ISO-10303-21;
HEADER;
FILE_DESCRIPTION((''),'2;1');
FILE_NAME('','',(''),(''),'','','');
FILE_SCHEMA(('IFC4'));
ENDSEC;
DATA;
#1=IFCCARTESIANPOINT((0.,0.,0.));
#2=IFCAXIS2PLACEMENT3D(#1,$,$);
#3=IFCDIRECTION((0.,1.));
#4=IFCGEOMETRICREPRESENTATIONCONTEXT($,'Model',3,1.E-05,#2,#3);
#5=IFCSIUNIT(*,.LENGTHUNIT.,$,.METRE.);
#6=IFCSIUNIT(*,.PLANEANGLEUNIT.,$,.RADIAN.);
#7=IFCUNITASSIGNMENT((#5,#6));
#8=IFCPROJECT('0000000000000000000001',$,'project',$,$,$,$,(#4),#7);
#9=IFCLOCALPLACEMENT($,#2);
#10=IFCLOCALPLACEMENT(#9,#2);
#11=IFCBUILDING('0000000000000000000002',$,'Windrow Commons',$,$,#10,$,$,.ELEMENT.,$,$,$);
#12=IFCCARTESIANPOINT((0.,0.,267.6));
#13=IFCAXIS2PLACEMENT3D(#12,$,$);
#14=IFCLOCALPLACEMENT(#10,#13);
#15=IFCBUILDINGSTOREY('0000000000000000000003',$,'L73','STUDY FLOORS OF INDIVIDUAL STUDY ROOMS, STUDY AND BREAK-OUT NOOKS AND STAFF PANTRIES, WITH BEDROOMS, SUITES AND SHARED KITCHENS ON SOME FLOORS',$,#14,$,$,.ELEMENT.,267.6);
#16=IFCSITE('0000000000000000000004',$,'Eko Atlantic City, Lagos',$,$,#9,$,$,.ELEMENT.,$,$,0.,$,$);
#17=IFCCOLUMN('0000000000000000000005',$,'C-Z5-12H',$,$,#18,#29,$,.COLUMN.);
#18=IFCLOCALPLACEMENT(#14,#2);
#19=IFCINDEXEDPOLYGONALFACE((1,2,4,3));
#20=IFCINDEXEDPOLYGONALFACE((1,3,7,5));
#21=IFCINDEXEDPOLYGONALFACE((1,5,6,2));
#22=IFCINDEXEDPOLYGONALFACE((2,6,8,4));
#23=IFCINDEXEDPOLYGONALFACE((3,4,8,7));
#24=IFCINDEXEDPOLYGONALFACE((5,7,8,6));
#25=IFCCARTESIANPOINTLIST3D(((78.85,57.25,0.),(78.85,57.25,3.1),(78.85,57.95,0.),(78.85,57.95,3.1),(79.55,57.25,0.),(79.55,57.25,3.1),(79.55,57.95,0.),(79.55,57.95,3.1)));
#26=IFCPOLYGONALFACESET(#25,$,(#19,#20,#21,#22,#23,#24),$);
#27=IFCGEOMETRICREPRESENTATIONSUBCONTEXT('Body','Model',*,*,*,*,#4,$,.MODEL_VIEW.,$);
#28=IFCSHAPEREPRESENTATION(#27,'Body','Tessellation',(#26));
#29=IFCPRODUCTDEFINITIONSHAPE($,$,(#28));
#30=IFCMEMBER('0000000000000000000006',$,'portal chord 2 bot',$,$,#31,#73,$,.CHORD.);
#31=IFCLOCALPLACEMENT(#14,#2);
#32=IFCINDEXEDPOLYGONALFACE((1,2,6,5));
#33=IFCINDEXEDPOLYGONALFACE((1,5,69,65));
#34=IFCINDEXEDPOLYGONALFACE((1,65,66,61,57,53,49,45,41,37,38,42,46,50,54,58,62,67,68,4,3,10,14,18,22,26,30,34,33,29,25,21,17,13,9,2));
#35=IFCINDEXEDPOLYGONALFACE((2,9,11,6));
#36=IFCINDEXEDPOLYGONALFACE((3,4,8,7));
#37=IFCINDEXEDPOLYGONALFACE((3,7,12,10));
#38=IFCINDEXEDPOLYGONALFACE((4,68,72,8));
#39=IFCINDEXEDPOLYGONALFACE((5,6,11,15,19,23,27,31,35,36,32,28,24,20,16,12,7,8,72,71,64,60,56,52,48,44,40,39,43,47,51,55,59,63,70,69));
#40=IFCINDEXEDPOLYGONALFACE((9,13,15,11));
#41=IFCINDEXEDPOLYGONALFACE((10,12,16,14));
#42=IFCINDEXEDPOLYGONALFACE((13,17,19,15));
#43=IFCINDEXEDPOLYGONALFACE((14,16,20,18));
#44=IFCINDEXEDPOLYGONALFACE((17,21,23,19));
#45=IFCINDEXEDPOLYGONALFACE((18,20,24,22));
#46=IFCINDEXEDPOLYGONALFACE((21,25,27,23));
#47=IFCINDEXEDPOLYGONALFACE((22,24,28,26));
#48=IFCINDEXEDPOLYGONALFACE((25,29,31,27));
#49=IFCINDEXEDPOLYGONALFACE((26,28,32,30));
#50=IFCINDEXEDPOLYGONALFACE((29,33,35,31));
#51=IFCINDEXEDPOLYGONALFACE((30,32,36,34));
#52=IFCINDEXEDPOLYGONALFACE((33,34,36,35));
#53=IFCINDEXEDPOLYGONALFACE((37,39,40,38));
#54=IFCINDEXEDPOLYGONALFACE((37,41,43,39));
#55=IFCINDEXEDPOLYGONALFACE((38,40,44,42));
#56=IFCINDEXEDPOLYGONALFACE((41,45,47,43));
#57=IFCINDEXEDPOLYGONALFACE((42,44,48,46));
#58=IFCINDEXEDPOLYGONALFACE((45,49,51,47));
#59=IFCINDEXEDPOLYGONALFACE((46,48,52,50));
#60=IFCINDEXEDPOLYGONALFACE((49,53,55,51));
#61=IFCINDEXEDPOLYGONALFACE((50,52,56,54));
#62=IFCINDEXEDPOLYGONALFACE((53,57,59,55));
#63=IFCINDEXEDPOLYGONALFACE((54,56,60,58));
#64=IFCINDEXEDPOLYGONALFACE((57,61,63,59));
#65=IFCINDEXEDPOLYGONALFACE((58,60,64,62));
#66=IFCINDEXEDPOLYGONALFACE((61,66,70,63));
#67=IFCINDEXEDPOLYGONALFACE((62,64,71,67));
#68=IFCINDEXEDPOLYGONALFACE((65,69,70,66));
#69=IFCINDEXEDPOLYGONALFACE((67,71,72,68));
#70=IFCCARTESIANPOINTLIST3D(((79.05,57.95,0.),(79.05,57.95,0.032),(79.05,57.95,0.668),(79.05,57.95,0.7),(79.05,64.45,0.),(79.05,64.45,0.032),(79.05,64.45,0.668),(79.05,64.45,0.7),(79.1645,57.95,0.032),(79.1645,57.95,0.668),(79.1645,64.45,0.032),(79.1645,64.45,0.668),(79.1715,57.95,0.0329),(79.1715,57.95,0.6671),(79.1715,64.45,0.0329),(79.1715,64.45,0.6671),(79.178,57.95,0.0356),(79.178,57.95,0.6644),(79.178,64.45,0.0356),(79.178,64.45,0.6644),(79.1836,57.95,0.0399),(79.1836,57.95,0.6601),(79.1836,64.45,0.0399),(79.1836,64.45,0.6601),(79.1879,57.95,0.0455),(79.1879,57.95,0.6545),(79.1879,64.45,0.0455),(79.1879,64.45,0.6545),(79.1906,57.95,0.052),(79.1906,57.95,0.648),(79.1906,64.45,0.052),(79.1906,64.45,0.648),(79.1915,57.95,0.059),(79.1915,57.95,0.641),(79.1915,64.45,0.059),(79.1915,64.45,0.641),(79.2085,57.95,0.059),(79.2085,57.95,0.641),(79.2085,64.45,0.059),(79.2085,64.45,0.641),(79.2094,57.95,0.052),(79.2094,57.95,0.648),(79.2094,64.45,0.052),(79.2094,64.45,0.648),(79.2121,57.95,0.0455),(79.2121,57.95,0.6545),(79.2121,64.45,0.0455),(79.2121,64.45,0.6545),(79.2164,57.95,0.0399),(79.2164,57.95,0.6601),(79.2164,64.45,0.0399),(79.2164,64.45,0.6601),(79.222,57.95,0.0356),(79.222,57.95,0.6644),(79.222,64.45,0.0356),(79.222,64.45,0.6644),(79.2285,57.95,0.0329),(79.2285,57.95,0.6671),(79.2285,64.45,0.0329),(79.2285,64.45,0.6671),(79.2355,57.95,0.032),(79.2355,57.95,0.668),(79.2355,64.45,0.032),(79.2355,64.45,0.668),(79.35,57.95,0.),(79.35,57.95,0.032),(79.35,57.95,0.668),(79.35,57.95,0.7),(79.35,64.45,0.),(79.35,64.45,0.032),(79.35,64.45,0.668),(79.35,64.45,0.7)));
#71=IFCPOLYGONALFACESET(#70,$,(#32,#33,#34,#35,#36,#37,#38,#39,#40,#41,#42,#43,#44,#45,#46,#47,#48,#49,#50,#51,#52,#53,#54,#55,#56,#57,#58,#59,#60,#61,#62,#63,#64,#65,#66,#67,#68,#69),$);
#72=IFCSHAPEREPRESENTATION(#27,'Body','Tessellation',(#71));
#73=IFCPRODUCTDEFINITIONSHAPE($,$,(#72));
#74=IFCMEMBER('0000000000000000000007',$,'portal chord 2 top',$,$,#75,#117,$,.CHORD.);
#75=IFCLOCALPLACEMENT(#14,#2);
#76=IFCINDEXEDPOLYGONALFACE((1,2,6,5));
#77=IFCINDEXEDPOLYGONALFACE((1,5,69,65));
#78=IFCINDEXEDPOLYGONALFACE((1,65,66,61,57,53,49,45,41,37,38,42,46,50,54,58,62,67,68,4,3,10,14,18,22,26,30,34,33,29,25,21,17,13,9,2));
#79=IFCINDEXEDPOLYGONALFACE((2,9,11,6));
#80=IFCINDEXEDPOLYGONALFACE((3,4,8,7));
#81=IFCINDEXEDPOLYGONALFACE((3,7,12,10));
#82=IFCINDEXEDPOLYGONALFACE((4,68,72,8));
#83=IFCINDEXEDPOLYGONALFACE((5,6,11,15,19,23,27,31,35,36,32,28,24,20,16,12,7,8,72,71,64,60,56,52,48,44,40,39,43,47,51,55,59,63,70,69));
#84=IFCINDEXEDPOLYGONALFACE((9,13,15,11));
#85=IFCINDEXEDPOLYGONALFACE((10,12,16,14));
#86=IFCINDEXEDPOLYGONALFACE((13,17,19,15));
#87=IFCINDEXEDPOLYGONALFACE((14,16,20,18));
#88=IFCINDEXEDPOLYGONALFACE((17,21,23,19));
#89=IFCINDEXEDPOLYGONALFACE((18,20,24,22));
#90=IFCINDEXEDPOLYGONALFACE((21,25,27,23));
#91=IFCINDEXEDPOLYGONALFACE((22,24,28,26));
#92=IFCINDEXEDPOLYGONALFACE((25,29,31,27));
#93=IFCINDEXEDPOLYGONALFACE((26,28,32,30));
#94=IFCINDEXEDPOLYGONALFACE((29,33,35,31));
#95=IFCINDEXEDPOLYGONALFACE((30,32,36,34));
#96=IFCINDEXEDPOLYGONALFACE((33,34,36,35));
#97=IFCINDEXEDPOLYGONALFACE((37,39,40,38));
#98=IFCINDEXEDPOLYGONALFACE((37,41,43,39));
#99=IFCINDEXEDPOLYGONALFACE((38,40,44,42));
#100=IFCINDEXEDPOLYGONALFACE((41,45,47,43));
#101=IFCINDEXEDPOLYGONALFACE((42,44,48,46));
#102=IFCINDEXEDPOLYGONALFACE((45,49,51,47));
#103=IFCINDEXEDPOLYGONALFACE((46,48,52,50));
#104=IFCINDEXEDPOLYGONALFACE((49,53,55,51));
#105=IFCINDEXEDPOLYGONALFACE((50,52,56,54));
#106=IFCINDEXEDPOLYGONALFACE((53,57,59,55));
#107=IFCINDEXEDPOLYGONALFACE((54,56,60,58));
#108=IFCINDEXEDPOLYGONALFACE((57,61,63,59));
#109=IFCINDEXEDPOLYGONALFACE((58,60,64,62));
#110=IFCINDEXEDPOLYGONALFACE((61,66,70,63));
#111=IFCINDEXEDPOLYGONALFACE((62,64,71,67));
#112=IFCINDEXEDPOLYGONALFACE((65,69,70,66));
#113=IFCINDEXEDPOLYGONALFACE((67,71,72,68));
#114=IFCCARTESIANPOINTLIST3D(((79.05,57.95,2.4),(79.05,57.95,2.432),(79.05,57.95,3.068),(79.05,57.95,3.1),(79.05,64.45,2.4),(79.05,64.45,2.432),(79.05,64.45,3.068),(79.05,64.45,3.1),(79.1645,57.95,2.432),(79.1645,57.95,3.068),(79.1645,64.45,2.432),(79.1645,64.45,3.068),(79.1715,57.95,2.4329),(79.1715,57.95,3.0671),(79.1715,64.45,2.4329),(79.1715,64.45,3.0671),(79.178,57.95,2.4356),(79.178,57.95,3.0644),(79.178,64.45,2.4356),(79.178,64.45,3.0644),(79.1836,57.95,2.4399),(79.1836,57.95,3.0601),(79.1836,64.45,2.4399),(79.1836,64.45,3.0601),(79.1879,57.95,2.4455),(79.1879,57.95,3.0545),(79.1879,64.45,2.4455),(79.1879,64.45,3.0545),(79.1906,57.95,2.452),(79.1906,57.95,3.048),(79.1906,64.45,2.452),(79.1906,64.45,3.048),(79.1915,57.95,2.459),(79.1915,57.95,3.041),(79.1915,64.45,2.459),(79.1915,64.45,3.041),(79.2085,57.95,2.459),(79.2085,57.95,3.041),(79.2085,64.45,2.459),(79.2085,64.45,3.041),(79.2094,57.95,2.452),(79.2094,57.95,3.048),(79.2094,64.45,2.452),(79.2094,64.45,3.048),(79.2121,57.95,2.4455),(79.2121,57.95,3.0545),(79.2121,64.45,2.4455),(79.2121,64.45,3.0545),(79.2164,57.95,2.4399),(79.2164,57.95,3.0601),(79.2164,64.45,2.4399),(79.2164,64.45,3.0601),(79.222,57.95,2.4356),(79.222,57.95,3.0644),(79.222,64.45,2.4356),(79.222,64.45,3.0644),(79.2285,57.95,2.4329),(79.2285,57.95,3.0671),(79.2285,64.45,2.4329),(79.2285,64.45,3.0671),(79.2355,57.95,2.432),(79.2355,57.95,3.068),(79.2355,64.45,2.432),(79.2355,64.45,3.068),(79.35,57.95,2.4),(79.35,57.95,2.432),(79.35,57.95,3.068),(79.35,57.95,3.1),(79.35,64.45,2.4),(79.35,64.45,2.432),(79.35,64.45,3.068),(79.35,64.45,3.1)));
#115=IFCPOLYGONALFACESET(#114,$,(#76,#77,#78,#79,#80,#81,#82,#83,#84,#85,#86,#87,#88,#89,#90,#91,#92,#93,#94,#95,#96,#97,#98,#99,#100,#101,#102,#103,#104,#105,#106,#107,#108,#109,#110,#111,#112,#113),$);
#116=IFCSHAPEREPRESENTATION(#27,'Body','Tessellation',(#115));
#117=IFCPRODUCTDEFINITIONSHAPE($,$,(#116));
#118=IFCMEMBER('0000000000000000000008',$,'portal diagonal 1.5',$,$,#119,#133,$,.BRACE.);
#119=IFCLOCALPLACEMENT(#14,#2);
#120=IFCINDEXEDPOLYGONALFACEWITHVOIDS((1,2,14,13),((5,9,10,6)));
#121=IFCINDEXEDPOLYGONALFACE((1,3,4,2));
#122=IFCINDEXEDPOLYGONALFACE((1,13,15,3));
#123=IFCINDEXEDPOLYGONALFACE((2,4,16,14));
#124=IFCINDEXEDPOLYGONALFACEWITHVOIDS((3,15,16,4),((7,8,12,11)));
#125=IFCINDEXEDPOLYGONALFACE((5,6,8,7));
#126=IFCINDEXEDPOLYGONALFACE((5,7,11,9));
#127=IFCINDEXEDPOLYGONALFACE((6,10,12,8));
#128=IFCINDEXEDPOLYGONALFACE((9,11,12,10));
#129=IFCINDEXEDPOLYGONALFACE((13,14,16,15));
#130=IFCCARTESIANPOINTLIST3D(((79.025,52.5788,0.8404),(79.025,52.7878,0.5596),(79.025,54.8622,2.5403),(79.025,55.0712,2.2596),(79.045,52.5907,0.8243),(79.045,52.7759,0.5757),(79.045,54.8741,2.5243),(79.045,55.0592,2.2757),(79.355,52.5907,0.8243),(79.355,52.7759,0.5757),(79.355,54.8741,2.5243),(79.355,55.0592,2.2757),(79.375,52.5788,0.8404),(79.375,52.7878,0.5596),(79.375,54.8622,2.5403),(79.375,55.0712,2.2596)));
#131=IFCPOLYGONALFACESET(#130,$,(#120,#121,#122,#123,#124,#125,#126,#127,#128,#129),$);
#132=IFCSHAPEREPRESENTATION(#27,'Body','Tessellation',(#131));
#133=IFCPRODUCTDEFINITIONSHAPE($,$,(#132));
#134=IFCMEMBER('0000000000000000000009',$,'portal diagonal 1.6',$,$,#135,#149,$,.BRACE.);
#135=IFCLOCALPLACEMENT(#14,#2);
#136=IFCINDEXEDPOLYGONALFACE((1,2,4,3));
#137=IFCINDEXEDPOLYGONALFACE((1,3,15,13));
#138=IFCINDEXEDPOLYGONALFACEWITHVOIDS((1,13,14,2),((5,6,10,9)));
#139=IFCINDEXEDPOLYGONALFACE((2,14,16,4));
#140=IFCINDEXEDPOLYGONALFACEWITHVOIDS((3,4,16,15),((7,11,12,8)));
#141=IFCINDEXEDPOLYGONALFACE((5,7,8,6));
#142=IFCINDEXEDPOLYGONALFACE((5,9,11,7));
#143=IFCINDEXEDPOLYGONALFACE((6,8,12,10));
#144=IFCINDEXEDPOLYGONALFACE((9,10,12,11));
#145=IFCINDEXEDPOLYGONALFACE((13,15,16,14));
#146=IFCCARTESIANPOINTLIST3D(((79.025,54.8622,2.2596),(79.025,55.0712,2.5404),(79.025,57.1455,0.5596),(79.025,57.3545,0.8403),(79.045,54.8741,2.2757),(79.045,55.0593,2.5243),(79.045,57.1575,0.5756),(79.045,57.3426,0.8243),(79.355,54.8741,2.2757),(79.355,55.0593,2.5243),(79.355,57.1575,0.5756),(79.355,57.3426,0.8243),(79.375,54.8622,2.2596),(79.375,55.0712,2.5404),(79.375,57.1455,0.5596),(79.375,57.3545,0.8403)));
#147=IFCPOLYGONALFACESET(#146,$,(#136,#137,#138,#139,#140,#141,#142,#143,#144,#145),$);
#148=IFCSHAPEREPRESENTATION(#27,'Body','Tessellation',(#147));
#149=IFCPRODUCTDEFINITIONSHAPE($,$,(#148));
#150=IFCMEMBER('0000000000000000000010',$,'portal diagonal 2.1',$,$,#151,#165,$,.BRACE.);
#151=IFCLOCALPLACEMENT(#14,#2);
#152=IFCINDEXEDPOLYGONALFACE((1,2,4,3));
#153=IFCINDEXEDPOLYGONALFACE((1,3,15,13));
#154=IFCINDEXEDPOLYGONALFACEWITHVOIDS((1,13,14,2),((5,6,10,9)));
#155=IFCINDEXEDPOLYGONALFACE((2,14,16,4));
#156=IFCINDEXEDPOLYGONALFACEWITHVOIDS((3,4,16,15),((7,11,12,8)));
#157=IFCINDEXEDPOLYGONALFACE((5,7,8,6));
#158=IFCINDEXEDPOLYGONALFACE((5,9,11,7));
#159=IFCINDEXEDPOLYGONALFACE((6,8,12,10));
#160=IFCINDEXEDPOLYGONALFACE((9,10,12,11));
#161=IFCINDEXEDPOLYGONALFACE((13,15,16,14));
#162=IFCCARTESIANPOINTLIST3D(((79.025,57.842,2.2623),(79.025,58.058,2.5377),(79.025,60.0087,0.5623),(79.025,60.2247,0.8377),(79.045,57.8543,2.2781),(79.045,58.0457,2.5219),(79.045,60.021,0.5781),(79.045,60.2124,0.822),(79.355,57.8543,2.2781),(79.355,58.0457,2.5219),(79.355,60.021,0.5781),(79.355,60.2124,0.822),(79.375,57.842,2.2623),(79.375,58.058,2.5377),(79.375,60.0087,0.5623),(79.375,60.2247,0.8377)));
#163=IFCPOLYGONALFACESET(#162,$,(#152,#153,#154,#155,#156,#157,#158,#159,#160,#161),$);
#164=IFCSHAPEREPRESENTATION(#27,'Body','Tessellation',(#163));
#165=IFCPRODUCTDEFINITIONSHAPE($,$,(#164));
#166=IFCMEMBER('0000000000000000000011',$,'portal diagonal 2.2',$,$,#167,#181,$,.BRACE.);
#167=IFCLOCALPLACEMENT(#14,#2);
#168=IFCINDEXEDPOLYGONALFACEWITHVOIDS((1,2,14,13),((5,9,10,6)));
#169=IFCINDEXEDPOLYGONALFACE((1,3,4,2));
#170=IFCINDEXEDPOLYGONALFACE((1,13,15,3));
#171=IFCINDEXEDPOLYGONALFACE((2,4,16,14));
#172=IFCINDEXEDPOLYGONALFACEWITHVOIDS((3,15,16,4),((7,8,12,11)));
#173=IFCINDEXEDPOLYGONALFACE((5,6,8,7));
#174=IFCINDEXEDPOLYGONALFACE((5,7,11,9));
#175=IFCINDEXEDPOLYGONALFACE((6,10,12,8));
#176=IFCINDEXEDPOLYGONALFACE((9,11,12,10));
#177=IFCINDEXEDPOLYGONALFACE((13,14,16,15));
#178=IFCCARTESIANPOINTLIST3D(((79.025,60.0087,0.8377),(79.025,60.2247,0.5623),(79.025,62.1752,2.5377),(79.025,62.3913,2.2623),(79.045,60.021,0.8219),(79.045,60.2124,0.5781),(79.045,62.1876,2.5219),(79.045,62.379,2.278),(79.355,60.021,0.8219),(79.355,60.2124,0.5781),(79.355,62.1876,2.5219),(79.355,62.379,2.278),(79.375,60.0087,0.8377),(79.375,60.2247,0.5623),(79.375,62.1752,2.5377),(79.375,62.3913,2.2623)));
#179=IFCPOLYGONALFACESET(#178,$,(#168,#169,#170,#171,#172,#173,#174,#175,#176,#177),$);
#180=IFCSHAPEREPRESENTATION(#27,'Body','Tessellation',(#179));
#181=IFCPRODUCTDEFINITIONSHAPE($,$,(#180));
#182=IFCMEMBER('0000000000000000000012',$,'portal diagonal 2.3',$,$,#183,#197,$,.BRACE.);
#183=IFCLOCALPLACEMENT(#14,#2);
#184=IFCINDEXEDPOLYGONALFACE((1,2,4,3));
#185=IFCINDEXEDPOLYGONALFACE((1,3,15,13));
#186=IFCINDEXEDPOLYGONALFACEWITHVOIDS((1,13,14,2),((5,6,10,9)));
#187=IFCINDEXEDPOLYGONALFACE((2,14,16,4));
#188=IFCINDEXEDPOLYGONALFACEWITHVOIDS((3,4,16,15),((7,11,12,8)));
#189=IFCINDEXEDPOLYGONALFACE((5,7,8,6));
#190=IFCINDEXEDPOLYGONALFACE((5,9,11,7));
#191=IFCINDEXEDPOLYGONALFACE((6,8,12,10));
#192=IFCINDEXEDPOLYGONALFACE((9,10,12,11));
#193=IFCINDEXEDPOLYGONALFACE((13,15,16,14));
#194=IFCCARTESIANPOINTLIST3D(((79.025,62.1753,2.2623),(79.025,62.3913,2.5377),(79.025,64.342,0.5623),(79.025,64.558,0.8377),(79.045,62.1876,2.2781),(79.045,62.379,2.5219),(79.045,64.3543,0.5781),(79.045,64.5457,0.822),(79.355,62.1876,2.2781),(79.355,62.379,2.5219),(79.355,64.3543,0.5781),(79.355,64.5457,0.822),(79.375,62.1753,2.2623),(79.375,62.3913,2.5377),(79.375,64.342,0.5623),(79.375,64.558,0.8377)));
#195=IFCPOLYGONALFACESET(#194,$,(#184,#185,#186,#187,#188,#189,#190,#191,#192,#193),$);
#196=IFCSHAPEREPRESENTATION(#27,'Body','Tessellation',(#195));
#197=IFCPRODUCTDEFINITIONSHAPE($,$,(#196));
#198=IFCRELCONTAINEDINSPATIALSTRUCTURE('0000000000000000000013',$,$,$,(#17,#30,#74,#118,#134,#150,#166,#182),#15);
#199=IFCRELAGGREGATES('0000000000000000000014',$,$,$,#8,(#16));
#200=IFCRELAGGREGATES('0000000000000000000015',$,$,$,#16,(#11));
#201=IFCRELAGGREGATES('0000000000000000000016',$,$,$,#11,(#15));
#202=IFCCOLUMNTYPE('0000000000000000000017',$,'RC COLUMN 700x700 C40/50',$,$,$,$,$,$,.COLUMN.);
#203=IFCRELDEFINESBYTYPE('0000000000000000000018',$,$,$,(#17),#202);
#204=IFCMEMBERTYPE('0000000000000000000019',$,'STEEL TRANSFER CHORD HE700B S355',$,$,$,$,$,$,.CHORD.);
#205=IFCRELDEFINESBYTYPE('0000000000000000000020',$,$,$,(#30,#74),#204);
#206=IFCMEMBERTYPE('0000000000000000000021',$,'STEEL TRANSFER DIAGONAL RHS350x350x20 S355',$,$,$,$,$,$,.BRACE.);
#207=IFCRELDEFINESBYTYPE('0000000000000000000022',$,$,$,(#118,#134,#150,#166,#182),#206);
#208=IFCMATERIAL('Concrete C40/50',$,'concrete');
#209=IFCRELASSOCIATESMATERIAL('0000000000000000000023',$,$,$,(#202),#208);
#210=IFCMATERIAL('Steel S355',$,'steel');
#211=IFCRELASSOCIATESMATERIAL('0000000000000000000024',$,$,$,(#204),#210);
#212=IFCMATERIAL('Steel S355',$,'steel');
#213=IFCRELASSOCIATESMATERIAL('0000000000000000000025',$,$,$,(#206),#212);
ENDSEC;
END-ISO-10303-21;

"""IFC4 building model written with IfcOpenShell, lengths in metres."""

from ifc_helpers import new_model, si_unit, direction, frame, origin, origin_2d, place, context, subcontext, project, spatial, rectangle, hollow_rectangle, i_section, extrude, material, material_profile, profile_set, type_object, element, save


model = new_model("IFC4")

# Units and contexts
model_context = context("Model", 3, precision=1e-05, world=origin(), true_north=direction((0.0, 1.0)))
body_context = subcontext(model_context, "Body", "Model", "MODEL_VIEW")
ifc_project = project(units=[si_unit("LENGTHUNIT", "METRE"), si_unit("PLANEANGLEUNIT", "RADIAN")], contexts=[model_context])

# Site, building, storey
site_placement = place(None, origin())
site = spatial("IfcSite", under=ifc_project, at=site_placement, Name="Eko Atlantic City, Lagos", CompositionType="ELEMENT", RefElevation=0.0)
building_placement = place(site_placement, origin())
building = spatial("IfcBuilding", under=site, at=building_placement, Name="Windrow Commons", CompositionType="ELEMENT")
storey_placement = place(building_placement, frame((0.0, 0.0, 267.6)))
storey = spatial("IfcBuildingStorey", under=building, at=storey_placement, Name="L73", Description="STUDY FLOORS OF INDIVIDUAL STUDY ROOMS, STUDY AND BREAK-OUT NOOKS AND STAFF PANTRIES, WITH BEDROOMS, SUITES AND SHARED KITCHENS ON SOME FLOORS", CompositionType="ELEMENT", Elevation=267.6)

# Column
ifc_material_1 = material(Name="Concrete C40/50", Category="concrete")
ifc_material_profile_1 = material_profile(ifc_material_1, rectangle(XDim=0.7, YDim=0.7, at=origin_2d()))
ifc_profile_set_1 = profile_set([ifc_material_profile_1], Name="Concrete C40/50")
column_type = type_object("IfcColumnType", Name="RC COLUMN 700x700 C40/50", PredefinedType="COLUMN", material=ifc_profile_set_1)
column_placement = place(storey_placement, frame((79.2, 57.6, 0.0), z_axis=(0.0, 0.0, 1.0), x_axis=(1.0, 0.0, 0.0)))
element("IfcColumn", 1, at=column_placement, inside=storey, type_object=column_type, Name="C-Z5-12H", PredefinedType="COLUMN", context=body_context, shape_type="SweptSolid", body=[
    extrude(rectangle(XDim=0.7, YDim=0.7, at=origin_2d()), origin(), (0.0, 0.0, 1.0), 3.1),
])

# Members
ifc_material_2 = material(Name="Steel S355", Category="steel")
ifc_material_profile_2 = material_profile(ifc_material_2, i_section(OverallWidth=0.3, OverallDepth=0.7, WebThickness=0.017, FlangeThickness=0.032, FilletRadius=0.027, at=origin_2d()))
ifc_profile_set_2 = profile_set([ifc_material_profile_2], Name="Steel S355")
member_type_1 = type_object("IfcMemberType", Name="STEEL TRANSFER CHORD HE700B S355", PredefinedType="CHORD", material=ifc_profile_set_2)
for number, where, z_axis, x_axis, name in (
    (2, (79.2, 57.95, 0.35), (0.0, 1.0, 0.0), (-1.0, 0.0, 0.0), "portal chord 2 bot"),
    (3, (79.2, 57.95, 2.75), (0.0, 1.0, 0.0), (-1.0, 0.0, 0.0), "portal chord 2 top"),
):
    element("IfcMember", number, at=place(storey_placement, frame(where, z_axis=z_axis, x_axis=x_axis)), inside=storey, type_object=member_type_1, Name=name, PredefinedType="CHORD", context=body_context, shape_type="SweptSolid", body=[
        extrude(i_section(OverallWidth=0.3, OverallDepth=0.7, WebThickness=0.017, FlangeThickness=0.032, FilletRadius=0.027, at=origin_2d()), origin(), (0.0, 0.0, 1.0), 6.5),
    ])
ifc_material_3 = material(Name="Steel S355", Category="steel")
ifc_material_profile_3 = material_profile(ifc_material_3, hollow_rectangle(XDim=0.35, YDim=0.35, WallThickness=0.02, at=origin_2d()))
ifc_profile_set_3 = profile_set([ifc_material_profile_3], Name="Steel S355")
member_type_2 = type_object("IfcMemberType", Name="STEEL TRANSFER DIAGONAL RHS350x350x20 S355", PredefinedType="BRACE", material=ifc_profile_set_3)
for number, where, z_axis, x_axis, name in (
    (4, (79.2, 52.6833, 0.7), (0.0, 0.802111, 0.597175), (-1.0, 0.0, 0.0), "portal diagonal 1.5"),
    (5, (79.2, 54.9667, 2.4), (0.0, 0.802099, -0.597192), (-1.0, 0.0, 0.0), "portal diagonal 1.6"),
):
    element("IfcMember", number, at=place(storey_placement, frame(where, z_axis=z_axis, x_axis=x_axis)), inside=storey, type_object=member_type_2, Name=name, PredefinedType="BRACE", context=body_context, shape_type="SweptSolid", body=[
        extrude(hollow_rectangle(XDim=0.35, YDim=0.35, WallThickness=0.02, at=origin_2d()), origin(), (0.0, 0.0, 1.0), 2.8467),
    ])
member_1_placement = place(storey_placement, frame((79.2, 57.95, 2.4), z_axis=(0.0, 0.786743, -0.617281), x_axis=(-1.0, 0.0, 0.0)))
element("IfcMember", 6, at=member_1_placement, inside=storey, type_object=member_type_2, Name="portal diagonal 2.1", PredefinedType="BRACE", context=body_context, shape_type="SweptSolid", body=[
    extrude(hollow_rectangle(XDim=0.35, YDim=0.35, WallThickness=0.02, at=origin_2d()), origin(), (0.0, 0.0, 1.0), 2.754),
])
member_2_placement = place(storey_placement, frame((79.2, 60.1167, 0.7), z_axis=(0.0, 0.786729, 0.617299), x_axis=(-1.0, 0.0, 0.0)))
element("IfcMember", 7, at=member_2_placement, inside=storey, type_object=member_type_2, Name="portal diagonal 2.2", PredefinedType="BRACE", context=body_context, shape_type="SweptSolid", body=[
    extrude(hollow_rectangle(XDim=0.35, YDim=0.35, WallThickness=0.02, at=origin_2d()), origin(), (0.0, 0.0, 1.0), 2.7539),
])
member_3_placement = place(storey_placement, frame((79.2, 62.2833, 2.4), z_axis=(0.0, 0.786743, -0.617281), x_axis=(-1.0, 0.0, 0.0)))
element("IfcMember", 8, at=member_3_placement, inside=storey, type_object=member_type_2, Name="portal diagonal 2.3", PredefinedType="BRACE", context=body_context, shape_type="SweptSolid", body=[
    extrude(hollow_rectangle(XDim=0.35, YDim=0.35, WallThickness=0.02, at=origin_2d()), origin(), (0.0, 0.0, 1.0), 2.754),
])

save(model, "model.ifc")
